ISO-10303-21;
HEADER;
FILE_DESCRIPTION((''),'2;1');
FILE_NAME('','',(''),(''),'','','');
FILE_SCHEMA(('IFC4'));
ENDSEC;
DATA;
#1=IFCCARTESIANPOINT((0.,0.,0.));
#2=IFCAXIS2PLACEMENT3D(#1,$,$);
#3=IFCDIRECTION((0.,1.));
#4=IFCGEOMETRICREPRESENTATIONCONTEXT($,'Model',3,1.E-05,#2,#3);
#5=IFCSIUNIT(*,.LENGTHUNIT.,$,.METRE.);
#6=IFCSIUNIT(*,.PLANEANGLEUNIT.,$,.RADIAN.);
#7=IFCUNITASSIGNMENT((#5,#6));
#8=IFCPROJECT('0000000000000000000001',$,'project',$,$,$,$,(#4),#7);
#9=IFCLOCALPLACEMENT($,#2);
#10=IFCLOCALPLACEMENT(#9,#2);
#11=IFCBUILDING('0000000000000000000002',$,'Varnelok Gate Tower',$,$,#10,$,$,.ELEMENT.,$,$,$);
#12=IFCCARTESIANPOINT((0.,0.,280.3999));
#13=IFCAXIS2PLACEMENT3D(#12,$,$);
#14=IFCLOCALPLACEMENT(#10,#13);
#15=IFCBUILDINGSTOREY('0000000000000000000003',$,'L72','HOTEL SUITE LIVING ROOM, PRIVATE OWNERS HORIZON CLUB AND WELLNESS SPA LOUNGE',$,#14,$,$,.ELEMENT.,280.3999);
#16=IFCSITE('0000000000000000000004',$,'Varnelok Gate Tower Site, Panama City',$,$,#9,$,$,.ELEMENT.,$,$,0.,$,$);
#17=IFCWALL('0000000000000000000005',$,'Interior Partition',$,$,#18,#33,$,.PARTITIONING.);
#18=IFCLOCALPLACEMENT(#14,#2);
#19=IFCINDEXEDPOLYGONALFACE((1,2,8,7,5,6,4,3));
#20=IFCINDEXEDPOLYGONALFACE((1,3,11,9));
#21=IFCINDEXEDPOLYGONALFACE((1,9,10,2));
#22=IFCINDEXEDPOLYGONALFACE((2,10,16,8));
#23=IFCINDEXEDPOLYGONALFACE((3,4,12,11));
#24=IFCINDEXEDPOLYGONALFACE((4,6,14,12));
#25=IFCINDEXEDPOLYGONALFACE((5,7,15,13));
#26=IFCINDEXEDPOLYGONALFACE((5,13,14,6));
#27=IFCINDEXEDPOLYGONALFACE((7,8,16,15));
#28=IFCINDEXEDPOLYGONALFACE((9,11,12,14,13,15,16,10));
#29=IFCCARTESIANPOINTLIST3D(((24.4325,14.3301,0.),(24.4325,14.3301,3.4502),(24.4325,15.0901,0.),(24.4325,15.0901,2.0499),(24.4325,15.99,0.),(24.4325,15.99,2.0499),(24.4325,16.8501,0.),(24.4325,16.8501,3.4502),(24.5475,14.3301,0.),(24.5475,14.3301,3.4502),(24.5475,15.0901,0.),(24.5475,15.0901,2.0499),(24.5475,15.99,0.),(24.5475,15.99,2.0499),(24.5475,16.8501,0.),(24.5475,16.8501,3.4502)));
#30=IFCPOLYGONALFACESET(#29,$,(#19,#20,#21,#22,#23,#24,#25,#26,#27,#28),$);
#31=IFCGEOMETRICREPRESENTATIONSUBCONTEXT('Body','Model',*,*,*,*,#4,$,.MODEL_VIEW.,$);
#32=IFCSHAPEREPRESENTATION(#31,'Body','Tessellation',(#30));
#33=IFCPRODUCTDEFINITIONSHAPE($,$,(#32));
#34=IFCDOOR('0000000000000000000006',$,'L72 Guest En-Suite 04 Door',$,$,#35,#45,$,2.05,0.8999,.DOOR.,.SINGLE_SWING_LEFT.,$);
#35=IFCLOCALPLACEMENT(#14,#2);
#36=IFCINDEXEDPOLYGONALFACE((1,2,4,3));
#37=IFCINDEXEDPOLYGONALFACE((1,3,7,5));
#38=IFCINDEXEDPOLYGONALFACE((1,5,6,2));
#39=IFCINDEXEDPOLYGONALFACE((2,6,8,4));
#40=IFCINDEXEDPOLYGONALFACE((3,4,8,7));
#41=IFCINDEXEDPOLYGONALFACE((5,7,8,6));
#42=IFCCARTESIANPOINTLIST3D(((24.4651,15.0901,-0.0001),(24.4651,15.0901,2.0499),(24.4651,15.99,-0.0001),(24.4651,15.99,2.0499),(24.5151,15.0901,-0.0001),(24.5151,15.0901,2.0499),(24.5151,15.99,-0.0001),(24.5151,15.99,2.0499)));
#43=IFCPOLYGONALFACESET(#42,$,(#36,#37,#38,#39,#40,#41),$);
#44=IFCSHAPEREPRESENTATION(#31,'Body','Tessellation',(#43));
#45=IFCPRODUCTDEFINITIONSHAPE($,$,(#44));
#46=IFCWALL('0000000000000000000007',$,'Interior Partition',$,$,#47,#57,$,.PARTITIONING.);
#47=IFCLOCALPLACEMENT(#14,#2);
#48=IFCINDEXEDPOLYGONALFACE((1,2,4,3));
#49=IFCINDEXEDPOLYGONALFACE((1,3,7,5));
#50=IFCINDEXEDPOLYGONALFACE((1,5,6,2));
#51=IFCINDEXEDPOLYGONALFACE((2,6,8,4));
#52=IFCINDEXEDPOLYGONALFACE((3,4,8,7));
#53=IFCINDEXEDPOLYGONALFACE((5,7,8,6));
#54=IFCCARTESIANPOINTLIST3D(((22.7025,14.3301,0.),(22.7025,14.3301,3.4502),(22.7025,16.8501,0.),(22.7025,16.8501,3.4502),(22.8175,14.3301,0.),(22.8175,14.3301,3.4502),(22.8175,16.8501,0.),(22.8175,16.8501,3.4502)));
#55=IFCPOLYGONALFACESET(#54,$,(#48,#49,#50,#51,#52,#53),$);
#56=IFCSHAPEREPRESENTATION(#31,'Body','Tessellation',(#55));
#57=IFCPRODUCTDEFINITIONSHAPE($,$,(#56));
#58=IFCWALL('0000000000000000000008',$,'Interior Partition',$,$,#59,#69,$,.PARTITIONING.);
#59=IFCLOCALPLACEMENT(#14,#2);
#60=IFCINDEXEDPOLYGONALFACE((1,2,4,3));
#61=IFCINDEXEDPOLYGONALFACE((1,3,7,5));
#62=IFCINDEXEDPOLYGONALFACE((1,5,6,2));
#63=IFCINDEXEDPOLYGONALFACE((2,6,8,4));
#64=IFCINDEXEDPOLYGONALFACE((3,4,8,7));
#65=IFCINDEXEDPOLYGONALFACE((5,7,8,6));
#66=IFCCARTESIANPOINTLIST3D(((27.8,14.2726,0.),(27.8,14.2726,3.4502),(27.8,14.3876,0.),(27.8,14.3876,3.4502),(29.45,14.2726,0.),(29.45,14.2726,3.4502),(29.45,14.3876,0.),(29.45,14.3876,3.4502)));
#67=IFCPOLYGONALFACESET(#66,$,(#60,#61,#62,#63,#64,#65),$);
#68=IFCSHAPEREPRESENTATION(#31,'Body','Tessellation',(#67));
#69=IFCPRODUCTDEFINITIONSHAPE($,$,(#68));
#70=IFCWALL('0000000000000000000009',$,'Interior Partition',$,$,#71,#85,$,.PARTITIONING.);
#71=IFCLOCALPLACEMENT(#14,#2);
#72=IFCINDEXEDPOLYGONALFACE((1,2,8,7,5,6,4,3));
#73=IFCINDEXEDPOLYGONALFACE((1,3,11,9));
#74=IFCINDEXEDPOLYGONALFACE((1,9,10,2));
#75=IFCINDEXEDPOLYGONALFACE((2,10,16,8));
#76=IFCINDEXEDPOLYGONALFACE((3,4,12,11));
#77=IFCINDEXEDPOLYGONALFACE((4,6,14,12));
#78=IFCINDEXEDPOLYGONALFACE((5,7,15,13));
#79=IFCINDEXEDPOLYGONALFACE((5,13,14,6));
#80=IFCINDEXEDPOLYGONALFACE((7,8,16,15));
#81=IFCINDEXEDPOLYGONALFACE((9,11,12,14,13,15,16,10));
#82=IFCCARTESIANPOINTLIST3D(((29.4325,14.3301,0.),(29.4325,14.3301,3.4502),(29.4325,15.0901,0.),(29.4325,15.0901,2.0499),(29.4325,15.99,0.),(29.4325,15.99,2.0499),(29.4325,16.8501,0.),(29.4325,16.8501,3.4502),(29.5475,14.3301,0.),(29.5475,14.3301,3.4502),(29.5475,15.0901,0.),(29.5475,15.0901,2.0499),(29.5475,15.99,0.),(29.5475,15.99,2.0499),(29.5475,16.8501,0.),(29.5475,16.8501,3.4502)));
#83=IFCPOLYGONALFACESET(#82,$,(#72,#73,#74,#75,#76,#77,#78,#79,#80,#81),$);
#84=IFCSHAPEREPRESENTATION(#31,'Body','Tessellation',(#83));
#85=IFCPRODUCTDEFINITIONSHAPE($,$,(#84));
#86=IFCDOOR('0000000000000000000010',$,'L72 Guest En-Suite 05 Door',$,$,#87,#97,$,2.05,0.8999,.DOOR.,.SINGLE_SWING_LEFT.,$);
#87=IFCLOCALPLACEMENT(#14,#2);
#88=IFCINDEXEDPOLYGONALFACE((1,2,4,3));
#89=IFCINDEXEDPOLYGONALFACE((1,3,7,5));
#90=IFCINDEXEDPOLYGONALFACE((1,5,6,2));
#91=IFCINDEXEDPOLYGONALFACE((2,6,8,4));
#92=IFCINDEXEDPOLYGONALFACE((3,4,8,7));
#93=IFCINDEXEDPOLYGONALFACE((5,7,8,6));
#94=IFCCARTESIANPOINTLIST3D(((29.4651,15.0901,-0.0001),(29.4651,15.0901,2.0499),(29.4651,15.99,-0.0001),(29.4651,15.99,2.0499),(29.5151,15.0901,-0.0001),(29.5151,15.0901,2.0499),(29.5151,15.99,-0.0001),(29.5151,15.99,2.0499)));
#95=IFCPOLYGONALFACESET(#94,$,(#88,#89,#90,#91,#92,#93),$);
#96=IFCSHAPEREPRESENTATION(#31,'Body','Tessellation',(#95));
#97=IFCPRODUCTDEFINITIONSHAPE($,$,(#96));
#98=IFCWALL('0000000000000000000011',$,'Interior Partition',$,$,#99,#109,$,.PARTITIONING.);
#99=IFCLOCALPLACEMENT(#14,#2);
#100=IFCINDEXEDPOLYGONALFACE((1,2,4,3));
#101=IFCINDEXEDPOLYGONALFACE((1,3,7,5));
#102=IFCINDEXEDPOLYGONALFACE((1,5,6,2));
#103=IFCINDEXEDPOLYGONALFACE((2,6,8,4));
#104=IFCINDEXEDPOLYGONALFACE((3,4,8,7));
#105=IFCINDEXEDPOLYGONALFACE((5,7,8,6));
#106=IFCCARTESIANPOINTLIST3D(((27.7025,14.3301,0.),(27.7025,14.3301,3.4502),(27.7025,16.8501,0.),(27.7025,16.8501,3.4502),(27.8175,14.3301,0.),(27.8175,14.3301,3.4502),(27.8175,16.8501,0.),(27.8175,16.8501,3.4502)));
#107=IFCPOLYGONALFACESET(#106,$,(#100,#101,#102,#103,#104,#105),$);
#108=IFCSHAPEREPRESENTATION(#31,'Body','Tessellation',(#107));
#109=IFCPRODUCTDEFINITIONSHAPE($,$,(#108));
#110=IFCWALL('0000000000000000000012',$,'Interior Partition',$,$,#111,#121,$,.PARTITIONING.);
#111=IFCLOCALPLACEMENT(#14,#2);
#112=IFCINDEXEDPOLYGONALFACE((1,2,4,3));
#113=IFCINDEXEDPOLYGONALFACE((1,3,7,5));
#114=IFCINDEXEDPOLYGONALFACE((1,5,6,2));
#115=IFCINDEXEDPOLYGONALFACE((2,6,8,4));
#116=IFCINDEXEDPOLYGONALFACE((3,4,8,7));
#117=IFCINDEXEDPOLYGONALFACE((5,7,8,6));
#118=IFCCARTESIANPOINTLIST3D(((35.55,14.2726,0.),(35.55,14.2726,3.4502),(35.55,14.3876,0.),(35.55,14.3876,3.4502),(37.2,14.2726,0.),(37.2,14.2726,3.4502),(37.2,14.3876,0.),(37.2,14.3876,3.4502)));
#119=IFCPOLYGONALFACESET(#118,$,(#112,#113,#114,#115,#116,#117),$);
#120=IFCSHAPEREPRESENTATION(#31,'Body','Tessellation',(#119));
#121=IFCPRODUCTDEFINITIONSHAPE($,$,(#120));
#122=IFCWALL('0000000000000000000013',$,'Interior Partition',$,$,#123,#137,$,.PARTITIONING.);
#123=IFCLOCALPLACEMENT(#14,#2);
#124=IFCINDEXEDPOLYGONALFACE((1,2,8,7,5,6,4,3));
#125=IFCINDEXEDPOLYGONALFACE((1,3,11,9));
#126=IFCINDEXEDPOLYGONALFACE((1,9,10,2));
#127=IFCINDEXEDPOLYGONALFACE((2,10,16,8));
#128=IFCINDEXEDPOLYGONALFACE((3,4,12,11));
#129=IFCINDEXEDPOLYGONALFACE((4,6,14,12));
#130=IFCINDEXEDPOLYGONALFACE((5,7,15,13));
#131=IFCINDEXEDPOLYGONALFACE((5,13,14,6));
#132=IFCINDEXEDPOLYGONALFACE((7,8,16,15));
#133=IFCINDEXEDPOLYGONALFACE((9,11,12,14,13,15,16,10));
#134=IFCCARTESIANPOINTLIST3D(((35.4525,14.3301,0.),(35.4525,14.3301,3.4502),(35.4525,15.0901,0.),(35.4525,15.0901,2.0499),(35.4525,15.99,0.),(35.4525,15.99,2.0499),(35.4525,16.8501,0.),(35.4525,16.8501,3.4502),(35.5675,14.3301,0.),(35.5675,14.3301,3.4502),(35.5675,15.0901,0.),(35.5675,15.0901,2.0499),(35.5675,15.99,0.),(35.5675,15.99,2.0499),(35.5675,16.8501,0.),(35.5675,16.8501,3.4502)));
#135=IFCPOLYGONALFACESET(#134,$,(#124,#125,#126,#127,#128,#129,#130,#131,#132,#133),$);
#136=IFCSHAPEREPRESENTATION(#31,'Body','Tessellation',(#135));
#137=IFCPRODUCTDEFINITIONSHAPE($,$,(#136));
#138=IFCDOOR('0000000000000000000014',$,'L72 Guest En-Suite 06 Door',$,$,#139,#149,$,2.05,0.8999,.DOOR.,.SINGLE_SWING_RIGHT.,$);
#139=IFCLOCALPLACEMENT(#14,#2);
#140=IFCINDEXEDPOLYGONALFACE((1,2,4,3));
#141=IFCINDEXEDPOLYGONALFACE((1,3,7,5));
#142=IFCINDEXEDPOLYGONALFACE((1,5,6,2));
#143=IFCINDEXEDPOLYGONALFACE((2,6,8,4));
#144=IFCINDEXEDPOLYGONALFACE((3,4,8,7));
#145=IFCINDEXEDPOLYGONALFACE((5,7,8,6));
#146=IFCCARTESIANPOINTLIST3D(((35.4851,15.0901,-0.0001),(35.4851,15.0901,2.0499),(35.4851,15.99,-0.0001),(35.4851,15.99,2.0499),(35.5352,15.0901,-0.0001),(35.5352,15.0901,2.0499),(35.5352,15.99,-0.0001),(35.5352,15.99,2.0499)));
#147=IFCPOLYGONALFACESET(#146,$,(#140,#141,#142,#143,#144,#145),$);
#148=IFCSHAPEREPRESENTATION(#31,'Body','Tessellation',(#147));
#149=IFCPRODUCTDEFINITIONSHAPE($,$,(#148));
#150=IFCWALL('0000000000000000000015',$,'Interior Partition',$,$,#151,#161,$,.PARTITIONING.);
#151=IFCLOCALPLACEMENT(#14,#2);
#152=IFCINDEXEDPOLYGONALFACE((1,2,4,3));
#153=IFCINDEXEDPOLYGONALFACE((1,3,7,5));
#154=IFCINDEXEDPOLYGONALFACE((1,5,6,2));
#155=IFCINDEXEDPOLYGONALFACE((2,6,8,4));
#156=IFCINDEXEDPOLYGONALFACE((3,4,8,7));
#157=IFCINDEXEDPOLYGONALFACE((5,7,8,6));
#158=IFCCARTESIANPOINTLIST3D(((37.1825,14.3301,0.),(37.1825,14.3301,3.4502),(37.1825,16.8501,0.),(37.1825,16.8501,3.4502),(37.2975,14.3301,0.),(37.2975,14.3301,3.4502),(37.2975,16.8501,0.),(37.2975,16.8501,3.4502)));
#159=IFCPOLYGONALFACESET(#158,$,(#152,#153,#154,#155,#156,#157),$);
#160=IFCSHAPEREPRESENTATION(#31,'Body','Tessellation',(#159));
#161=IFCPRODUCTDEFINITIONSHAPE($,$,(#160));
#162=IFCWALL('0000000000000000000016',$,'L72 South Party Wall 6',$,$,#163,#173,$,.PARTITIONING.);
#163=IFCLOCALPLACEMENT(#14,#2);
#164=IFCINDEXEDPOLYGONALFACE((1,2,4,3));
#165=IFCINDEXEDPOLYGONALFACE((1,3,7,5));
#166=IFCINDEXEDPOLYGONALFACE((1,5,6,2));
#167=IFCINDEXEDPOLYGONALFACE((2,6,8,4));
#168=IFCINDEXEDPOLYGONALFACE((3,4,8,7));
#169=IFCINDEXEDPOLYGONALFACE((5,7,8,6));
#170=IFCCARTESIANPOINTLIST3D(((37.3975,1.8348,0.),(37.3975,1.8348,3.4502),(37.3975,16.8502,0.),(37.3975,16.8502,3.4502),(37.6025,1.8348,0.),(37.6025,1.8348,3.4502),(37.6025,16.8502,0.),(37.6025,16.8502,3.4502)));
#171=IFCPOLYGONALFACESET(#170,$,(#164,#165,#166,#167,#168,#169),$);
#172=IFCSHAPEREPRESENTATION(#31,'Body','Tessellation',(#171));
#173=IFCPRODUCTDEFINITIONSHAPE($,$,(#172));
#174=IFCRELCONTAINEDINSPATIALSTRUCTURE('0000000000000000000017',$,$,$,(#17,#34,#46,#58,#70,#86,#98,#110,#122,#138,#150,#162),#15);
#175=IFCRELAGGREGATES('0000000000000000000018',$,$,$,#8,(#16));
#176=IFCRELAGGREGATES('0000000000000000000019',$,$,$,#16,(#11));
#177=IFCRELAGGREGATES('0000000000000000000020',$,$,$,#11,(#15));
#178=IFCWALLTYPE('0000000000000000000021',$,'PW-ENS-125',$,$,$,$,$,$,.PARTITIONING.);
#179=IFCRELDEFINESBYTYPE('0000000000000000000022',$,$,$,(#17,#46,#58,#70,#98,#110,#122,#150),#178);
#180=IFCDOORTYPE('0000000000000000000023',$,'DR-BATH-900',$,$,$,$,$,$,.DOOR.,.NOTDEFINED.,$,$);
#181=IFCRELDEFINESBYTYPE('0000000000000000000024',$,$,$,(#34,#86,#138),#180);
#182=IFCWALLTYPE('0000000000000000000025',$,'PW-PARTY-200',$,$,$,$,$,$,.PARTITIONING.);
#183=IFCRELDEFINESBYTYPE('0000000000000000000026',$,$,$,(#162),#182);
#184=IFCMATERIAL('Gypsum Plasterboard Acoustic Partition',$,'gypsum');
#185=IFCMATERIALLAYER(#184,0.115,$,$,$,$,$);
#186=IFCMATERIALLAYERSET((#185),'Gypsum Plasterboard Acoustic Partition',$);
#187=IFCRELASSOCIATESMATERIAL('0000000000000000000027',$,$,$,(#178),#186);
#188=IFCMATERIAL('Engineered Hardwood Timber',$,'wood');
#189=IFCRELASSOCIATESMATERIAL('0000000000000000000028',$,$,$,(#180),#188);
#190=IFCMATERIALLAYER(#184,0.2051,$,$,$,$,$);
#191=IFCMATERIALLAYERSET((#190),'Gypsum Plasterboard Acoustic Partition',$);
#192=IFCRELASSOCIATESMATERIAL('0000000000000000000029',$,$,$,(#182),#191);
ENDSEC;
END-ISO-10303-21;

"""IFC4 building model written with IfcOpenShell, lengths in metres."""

from ifc_helpers import new_model, si_unit, direction, frame, frame_2d, origin, place, context, subcontext, project, spatial, rectangle, extrude, material, layer, layer_set, type_object, element, fill, save


model = new_model("IFC4")

# Units and contexts
model_context = context("Model", 3, precision=1e-05, world=origin(), true_north=direction((0.0, 1.0)))
body_context = subcontext(model_context, "Body", "Model", "MODEL_VIEW")
ifc_project = project(units=[si_unit("LENGTHUNIT", "METRE"), si_unit("PLANEANGLEUNIT", "RADIAN")], contexts=[model_context])

# Site, building, storey
site_placement = place(None, origin())
site = spatial("IfcSite", under=ifc_project, at=site_placement, Name="Varnelok Gate Tower Site, Panama City", CompositionType="ELEMENT", RefElevation=0.0)
building_placement = place(site_placement, origin())
building = spatial("IfcBuilding", under=site, at=building_placement, Name="Varnelok Gate Tower", CompositionType="ELEMENT")
storey_placement = place(building_placement, frame((0.0, 0.0, 280.3999)))
storey = spatial("IfcBuildingStorey", under=building, at=storey_placement, Name="L72", Description="HOTEL SUITE LIVING ROOM, PRIVATE OWNERS HORIZON CLUB AND WELLNESS SPA LOUNGE", CompositionType="ELEMENT", Elevation=280.3999)

# Shared definitions
ifc_material_1 = material(Name="Gypsum Plasterboard Acoustic Partition", Category="gypsum")
ifc_material_2 = material(Name="Engineered Hardwood Timber", Category="wood")

# Shared definitions
ifc_layer_1 = layer(ifc_material_1, 0.115)
ifc_layer_set_1 = layer_set([ifc_layer_1], Name="Gypsum Plasterboard Acoustic Partition")
wall_type_1 = type_object("IfcWallType", Name="PW-ENS-125", PredefinedType="PARTITIONING", material=ifc_layer_set_1)

# Shared definitions
door_type_1 = type_object("IfcDoorType", Name="DR-BATH-900", OperationType="NOTDEFINED", PredefinedType="DOOR", material=ifc_material_2)

# Wall, opening, door
wall_1_placement = place(storey_placement, frame((24.49, 14.3301, 0.0), z_axis=(0.0, 0.0, 1.0), x_axis=(0.0, 1.0, 0.0)))
wall_1 = element("IfcWall", 1, at=wall_1_placement, inside=storey, type_object=wall_type_1, Name="Interior Partition", PredefinedType="PARTITIONING", context=body_context, shape_type="SweptSolid", body=[
    extrude(rectangle(XDim=2.52, YDim=0.115, at=frame_2d((1.26, 0.0))), origin(), (0.0, 0.0, 1.0), 3.4502),
])
opening_1_placement = place(wall_1_placement, frame((0.76, 0.0, 0.0)))
opening_1 = element("IfcOpeningElement", 2, at=opening_1_placement, cuts=wall_1, PredefinedType="OPENING", context=body_context, shape_type="SweptSolid", body=[
    extrude(rectangle(XDim=0.8999, YDim=2.05, at=frame_2d((0.45, 1.0249))), frame((0.0, 0.0674, 0.0), z_axis=(0.0, -1.0, 0.0), x_axis=(1.0, 0.0, 0.0)), (0.0, 0.0, 1.0), 0.135),
])
door_1_placement = place(opening_1_placement, origin())
door_1 = element("IfcDoor", 3, at=door_1_placement, inside=storey, type_object=door_type_1, Name="L72 Guest En-Suite 04 Door", OperationType="SINGLE_SWING_LEFT", OverallHeight=2.05, OverallWidth=0.8999, PredefinedType="DOOR", context=body_context, shape_type="SweptSolid", body=[
    extrude(rectangle(XDim=0.8999, YDim=2.05, at=frame_2d((0.45, 1.0249))), frame((0.0, 0.0249, 0.0), z_axis=(0.0, -1.0, 0.0), x_axis=(1.0, 0.0, 0.0)), (0.0, 0.0, 1.0), 0.05),
])
fill(opening_1, door_1)

# Walls
wall_2_placement = place(storey_placement, frame((22.76, 14.3301, 0.0), z_axis=(0.0, 0.0, 1.0), x_axis=(0.0, 1.0, 0.0)))
element("IfcWall", 4, at=wall_2_placement, inside=storey, type_object=wall_type_1, Name="Interior Partition", PredefinedType="PARTITIONING", context=body_context, shape_type="SweptSolid", body=[
    extrude(rectangle(XDim=2.52, YDim=0.115, at=frame_2d((1.26, 0.0))), origin(), (0.0, 0.0, 1.0), 3.4502),
])
wall_3_placement = place(storey_placement, frame((27.8, 14.3301, 0.0), z_axis=(0.0, 0.0, 1.0), x_axis=(1.0, 0.0, 0.0)))
element("IfcWall", 5, at=wall_3_placement, inside=storey, type_object=wall_type_1, Name="Interior Partition", PredefinedType="PARTITIONING", context=body_context, shape_type="SweptSolid", body=[
    extrude(rectangle(XDim=1.6499, YDim=0.115, at=frame_2d((0.825, 0.0))), origin(), (0.0, 0.0, 1.0), 3.4502),
])

# Wall, opening, door
wall_4_placement = place(storey_placement, frame((29.49, 14.3301, 0.0), z_axis=(0.0, 0.0, 1.0), x_axis=(0.0, 1.0, 0.0)))
wall_4 = element("IfcWall", 6, at=wall_4_placement, inside=storey, type_object=wall_type_1, Name="Interior Partition", PredefinedType="PARTITIONING", context=body_context, shape_type="SweptSolid", body=[
    extrude(rectangle(XDim=2.52, YDim=0.115, at=frame_2d((1.26, 0.0))), origin(), (0.0, 0.0, 1.0), 3.4502),
])
opening_2_placement = place(wall_4_placement, frame((0.76, 0.0, 0.0)))
opening_2 = element("IfcOpeningElement", 7, at=opening_2_placement, cuts=wall_4, PredefinedType="OPENING", context=body_context, shape_type="SweptSolid", body=[
    extrude(rectangle(XDim=0.8999, YDim=2.05, at=frame_2d((0.45, 1.0249))), frame((0.0, 0.0674, 0.0), z_axis=(0.0, -1.0, 0.0), x_axis=(1.0, 0.0, 0.0)), (0.0, 0.0, 1.0), 0.135),
])
door_2_placement = place(opening_2_placement, origin())
door_2 = element("IfcDoor", 8, at=door_2_placement, inside=storey, type_object=door_type_1, Name="L72 Guest En-Suite 05 Door", OperationType="SINGLE_SWING_LEFT", OverallHeight=2.05, OverallWidth=0.8999, PredefinedType="DOOR", context=body_context, shape_type="SweptSolid", body=[
    extrude(rectangle(XDim=0.8999, YDim=2.05, at=frame_2d((0.45, 1.0249))), frame((0.0, 0.0249, 0.0), z_axis=(0.0, -1.0, 0.0), x_axis=(1.0, 0.0, 0.0)), (0.0, 0.0, 1.0), 0.05),
])
fill(opening_2, door_2)

# Walls
wall_5_placement = place(storey_placement, frame((27.76, 14.3301, 0.0), z_axis=(0.0, 0.0, 1.0), x_axis=(0.0, 1.0, 0.0)))
element("IfcWall", 9, at=wall_5_placement, inside=storey, type_object=wall_type_1, Name="Interior Partition", PredefinedType="PARTITIONING", context=body_context, shape_type="SweptSolid", body=[
    extrude(rectangle(XDim=2.52, YDim=0.115, at=frame_2d((1.26, 0.0))), origin(), (0.0, 0.0, 1.0), 3.4502),
])
wall_6_placement = place(storey_placement, frame((35.55, 14.3301, 0.0), z_axis=(0.0, 0.0, 1.0), x_axis=(1.0, 0.0, 0.0)))
element("IfcWall", 10, at=wall_6_placement, inside=storey, type_object=wall_type_1, Name="Interior Partition", PredefinedType="PARTITIONING", context=body_context, shape_type="SweptSolid", body=[
    extrude(rectangle(XDim=1.6499, YDim=0.115, at=frame_2d((0.825, 0.0))), origin(), (0.0, 0.0, 1.0), 3.4502),
])

# Wall, opening, door
wall_7_placement = place(storey_placement, frame((35.51, 14.3301, 0.0), z_axis=(0.0, 0.0, 1.0), x_axis=(0.0, 1.0, 0.0)))
wall_7 = element("IfcWall", 11, at=wall_7_placement, inside=storey, type_object=wall_type_1, Name="Interior Partition", PredefinedType="PARTITIONING", context=body_context, shape_type="SweptSolid", body=[
    extrude(rectangle(XDim=2.52, YDim=0.115, at=frame_2d((1.26, 0.0))), origin(), (0.0, 0.0, 1.0), 3.4502),
])
opening_3_placement = place(wall_7_placement, frame((0.76, 0.0, 0.0)))
opening_3 = element("IfcOpeningElement", 12, at=opening_3_placement, cuts=wall_7, PredefinedType="OPENING", context=body_context, shape_type="SweptSolid", body=[
    extrude(rectangle(XDim=0.8999, YDim=2.05, at=frame_2d((0.45, 1.0249))), frame((0.0, 0.0674, 0.0), z_axis=(0.0, -1.0, 0.0), x_axis=(1.0, 0.0, 0.0)), (0.0, 0.0, 1.0), 0.135),
])
door_3_placement = place(opening_3_placement, origin())
door_3 = element("IfcDoor", 13, at=door_3_placement, inside=storey, type_object=door_type_1, Name="L72 Guest En-Suite 06 Door", OperationType="SINGLE_SWING_RIGHT", OverallHeight=2.05, OverallWidth=0.8999, PredefinedType="DOOR", context=body_context, shape_type="SweptSolid", body=[
    extrude(rectangle(XDim=0.8999, YDim=2.05, at=frame_2d((0.45, 1.0249))), frame((0.0, 0.0249, 0.0), z_axis=(0.0, -1.0, 0.0), x_axis=(1.0, 0.0, 0.0)), (0.0, 0.0, 1.0), 0.05),
])
fill(opening_3, door_3)

# Walls
wall_8_placement = place(storey_placement, frame((37.24, 14.3301, 0.0), z_axis=(0.0, 0.0, 1.0), x_axis=(0.0, 1.0, 0.0)))
element("IfcWall", 14, at=wall_8_placement, inside=storey, type_object=wall_type_1, Name="Interior Partition", PredefinedType="PARTITIONING", context=body_context, shape_type="SweptSolid", body=[
    extrude(rectangle(XDim=2.52, YDim=0.115, at=frame_2d((1.26, 0.0))), origin(), (0.0, 0.0, 1.0), 3.4502),
])
ifc_layer_2 = layer(ifc_material_1, 0.2051)
ifc_layer_set_2 = layer_set([ifc_layer_2], Name="Gypsum Plasterboard Acoustic Partition")
wall_type_2 = type_object("IfcWallType", Name="PW-PARTY-200", PredefinedType="PARTITIONING", material=ifc_layer_set_2)
wall_9_placement = place(storey_placement, frame((37.5, 1.8347, 0.0), z_axis=(0.0, 0.0, 1.0), x_axis=(0.0, 1.0, 0.0)))
element("IfcWall", 15, at=wall_9_placement, inside=storey, type_object=wall_type_2, Name="L72 South Party Wall 6", PredefinedType="PARTITIONING", context=body_context, shape_type="SweptSolid", body=[
    extrude(rectangle(XDim=15.0154, YDim=0.2051, at=frame_2d((7.5078, 0.0))), origin(), (0.0, 0.0, 1.0), 3.4502),
])

save(model, "model.ifc")
